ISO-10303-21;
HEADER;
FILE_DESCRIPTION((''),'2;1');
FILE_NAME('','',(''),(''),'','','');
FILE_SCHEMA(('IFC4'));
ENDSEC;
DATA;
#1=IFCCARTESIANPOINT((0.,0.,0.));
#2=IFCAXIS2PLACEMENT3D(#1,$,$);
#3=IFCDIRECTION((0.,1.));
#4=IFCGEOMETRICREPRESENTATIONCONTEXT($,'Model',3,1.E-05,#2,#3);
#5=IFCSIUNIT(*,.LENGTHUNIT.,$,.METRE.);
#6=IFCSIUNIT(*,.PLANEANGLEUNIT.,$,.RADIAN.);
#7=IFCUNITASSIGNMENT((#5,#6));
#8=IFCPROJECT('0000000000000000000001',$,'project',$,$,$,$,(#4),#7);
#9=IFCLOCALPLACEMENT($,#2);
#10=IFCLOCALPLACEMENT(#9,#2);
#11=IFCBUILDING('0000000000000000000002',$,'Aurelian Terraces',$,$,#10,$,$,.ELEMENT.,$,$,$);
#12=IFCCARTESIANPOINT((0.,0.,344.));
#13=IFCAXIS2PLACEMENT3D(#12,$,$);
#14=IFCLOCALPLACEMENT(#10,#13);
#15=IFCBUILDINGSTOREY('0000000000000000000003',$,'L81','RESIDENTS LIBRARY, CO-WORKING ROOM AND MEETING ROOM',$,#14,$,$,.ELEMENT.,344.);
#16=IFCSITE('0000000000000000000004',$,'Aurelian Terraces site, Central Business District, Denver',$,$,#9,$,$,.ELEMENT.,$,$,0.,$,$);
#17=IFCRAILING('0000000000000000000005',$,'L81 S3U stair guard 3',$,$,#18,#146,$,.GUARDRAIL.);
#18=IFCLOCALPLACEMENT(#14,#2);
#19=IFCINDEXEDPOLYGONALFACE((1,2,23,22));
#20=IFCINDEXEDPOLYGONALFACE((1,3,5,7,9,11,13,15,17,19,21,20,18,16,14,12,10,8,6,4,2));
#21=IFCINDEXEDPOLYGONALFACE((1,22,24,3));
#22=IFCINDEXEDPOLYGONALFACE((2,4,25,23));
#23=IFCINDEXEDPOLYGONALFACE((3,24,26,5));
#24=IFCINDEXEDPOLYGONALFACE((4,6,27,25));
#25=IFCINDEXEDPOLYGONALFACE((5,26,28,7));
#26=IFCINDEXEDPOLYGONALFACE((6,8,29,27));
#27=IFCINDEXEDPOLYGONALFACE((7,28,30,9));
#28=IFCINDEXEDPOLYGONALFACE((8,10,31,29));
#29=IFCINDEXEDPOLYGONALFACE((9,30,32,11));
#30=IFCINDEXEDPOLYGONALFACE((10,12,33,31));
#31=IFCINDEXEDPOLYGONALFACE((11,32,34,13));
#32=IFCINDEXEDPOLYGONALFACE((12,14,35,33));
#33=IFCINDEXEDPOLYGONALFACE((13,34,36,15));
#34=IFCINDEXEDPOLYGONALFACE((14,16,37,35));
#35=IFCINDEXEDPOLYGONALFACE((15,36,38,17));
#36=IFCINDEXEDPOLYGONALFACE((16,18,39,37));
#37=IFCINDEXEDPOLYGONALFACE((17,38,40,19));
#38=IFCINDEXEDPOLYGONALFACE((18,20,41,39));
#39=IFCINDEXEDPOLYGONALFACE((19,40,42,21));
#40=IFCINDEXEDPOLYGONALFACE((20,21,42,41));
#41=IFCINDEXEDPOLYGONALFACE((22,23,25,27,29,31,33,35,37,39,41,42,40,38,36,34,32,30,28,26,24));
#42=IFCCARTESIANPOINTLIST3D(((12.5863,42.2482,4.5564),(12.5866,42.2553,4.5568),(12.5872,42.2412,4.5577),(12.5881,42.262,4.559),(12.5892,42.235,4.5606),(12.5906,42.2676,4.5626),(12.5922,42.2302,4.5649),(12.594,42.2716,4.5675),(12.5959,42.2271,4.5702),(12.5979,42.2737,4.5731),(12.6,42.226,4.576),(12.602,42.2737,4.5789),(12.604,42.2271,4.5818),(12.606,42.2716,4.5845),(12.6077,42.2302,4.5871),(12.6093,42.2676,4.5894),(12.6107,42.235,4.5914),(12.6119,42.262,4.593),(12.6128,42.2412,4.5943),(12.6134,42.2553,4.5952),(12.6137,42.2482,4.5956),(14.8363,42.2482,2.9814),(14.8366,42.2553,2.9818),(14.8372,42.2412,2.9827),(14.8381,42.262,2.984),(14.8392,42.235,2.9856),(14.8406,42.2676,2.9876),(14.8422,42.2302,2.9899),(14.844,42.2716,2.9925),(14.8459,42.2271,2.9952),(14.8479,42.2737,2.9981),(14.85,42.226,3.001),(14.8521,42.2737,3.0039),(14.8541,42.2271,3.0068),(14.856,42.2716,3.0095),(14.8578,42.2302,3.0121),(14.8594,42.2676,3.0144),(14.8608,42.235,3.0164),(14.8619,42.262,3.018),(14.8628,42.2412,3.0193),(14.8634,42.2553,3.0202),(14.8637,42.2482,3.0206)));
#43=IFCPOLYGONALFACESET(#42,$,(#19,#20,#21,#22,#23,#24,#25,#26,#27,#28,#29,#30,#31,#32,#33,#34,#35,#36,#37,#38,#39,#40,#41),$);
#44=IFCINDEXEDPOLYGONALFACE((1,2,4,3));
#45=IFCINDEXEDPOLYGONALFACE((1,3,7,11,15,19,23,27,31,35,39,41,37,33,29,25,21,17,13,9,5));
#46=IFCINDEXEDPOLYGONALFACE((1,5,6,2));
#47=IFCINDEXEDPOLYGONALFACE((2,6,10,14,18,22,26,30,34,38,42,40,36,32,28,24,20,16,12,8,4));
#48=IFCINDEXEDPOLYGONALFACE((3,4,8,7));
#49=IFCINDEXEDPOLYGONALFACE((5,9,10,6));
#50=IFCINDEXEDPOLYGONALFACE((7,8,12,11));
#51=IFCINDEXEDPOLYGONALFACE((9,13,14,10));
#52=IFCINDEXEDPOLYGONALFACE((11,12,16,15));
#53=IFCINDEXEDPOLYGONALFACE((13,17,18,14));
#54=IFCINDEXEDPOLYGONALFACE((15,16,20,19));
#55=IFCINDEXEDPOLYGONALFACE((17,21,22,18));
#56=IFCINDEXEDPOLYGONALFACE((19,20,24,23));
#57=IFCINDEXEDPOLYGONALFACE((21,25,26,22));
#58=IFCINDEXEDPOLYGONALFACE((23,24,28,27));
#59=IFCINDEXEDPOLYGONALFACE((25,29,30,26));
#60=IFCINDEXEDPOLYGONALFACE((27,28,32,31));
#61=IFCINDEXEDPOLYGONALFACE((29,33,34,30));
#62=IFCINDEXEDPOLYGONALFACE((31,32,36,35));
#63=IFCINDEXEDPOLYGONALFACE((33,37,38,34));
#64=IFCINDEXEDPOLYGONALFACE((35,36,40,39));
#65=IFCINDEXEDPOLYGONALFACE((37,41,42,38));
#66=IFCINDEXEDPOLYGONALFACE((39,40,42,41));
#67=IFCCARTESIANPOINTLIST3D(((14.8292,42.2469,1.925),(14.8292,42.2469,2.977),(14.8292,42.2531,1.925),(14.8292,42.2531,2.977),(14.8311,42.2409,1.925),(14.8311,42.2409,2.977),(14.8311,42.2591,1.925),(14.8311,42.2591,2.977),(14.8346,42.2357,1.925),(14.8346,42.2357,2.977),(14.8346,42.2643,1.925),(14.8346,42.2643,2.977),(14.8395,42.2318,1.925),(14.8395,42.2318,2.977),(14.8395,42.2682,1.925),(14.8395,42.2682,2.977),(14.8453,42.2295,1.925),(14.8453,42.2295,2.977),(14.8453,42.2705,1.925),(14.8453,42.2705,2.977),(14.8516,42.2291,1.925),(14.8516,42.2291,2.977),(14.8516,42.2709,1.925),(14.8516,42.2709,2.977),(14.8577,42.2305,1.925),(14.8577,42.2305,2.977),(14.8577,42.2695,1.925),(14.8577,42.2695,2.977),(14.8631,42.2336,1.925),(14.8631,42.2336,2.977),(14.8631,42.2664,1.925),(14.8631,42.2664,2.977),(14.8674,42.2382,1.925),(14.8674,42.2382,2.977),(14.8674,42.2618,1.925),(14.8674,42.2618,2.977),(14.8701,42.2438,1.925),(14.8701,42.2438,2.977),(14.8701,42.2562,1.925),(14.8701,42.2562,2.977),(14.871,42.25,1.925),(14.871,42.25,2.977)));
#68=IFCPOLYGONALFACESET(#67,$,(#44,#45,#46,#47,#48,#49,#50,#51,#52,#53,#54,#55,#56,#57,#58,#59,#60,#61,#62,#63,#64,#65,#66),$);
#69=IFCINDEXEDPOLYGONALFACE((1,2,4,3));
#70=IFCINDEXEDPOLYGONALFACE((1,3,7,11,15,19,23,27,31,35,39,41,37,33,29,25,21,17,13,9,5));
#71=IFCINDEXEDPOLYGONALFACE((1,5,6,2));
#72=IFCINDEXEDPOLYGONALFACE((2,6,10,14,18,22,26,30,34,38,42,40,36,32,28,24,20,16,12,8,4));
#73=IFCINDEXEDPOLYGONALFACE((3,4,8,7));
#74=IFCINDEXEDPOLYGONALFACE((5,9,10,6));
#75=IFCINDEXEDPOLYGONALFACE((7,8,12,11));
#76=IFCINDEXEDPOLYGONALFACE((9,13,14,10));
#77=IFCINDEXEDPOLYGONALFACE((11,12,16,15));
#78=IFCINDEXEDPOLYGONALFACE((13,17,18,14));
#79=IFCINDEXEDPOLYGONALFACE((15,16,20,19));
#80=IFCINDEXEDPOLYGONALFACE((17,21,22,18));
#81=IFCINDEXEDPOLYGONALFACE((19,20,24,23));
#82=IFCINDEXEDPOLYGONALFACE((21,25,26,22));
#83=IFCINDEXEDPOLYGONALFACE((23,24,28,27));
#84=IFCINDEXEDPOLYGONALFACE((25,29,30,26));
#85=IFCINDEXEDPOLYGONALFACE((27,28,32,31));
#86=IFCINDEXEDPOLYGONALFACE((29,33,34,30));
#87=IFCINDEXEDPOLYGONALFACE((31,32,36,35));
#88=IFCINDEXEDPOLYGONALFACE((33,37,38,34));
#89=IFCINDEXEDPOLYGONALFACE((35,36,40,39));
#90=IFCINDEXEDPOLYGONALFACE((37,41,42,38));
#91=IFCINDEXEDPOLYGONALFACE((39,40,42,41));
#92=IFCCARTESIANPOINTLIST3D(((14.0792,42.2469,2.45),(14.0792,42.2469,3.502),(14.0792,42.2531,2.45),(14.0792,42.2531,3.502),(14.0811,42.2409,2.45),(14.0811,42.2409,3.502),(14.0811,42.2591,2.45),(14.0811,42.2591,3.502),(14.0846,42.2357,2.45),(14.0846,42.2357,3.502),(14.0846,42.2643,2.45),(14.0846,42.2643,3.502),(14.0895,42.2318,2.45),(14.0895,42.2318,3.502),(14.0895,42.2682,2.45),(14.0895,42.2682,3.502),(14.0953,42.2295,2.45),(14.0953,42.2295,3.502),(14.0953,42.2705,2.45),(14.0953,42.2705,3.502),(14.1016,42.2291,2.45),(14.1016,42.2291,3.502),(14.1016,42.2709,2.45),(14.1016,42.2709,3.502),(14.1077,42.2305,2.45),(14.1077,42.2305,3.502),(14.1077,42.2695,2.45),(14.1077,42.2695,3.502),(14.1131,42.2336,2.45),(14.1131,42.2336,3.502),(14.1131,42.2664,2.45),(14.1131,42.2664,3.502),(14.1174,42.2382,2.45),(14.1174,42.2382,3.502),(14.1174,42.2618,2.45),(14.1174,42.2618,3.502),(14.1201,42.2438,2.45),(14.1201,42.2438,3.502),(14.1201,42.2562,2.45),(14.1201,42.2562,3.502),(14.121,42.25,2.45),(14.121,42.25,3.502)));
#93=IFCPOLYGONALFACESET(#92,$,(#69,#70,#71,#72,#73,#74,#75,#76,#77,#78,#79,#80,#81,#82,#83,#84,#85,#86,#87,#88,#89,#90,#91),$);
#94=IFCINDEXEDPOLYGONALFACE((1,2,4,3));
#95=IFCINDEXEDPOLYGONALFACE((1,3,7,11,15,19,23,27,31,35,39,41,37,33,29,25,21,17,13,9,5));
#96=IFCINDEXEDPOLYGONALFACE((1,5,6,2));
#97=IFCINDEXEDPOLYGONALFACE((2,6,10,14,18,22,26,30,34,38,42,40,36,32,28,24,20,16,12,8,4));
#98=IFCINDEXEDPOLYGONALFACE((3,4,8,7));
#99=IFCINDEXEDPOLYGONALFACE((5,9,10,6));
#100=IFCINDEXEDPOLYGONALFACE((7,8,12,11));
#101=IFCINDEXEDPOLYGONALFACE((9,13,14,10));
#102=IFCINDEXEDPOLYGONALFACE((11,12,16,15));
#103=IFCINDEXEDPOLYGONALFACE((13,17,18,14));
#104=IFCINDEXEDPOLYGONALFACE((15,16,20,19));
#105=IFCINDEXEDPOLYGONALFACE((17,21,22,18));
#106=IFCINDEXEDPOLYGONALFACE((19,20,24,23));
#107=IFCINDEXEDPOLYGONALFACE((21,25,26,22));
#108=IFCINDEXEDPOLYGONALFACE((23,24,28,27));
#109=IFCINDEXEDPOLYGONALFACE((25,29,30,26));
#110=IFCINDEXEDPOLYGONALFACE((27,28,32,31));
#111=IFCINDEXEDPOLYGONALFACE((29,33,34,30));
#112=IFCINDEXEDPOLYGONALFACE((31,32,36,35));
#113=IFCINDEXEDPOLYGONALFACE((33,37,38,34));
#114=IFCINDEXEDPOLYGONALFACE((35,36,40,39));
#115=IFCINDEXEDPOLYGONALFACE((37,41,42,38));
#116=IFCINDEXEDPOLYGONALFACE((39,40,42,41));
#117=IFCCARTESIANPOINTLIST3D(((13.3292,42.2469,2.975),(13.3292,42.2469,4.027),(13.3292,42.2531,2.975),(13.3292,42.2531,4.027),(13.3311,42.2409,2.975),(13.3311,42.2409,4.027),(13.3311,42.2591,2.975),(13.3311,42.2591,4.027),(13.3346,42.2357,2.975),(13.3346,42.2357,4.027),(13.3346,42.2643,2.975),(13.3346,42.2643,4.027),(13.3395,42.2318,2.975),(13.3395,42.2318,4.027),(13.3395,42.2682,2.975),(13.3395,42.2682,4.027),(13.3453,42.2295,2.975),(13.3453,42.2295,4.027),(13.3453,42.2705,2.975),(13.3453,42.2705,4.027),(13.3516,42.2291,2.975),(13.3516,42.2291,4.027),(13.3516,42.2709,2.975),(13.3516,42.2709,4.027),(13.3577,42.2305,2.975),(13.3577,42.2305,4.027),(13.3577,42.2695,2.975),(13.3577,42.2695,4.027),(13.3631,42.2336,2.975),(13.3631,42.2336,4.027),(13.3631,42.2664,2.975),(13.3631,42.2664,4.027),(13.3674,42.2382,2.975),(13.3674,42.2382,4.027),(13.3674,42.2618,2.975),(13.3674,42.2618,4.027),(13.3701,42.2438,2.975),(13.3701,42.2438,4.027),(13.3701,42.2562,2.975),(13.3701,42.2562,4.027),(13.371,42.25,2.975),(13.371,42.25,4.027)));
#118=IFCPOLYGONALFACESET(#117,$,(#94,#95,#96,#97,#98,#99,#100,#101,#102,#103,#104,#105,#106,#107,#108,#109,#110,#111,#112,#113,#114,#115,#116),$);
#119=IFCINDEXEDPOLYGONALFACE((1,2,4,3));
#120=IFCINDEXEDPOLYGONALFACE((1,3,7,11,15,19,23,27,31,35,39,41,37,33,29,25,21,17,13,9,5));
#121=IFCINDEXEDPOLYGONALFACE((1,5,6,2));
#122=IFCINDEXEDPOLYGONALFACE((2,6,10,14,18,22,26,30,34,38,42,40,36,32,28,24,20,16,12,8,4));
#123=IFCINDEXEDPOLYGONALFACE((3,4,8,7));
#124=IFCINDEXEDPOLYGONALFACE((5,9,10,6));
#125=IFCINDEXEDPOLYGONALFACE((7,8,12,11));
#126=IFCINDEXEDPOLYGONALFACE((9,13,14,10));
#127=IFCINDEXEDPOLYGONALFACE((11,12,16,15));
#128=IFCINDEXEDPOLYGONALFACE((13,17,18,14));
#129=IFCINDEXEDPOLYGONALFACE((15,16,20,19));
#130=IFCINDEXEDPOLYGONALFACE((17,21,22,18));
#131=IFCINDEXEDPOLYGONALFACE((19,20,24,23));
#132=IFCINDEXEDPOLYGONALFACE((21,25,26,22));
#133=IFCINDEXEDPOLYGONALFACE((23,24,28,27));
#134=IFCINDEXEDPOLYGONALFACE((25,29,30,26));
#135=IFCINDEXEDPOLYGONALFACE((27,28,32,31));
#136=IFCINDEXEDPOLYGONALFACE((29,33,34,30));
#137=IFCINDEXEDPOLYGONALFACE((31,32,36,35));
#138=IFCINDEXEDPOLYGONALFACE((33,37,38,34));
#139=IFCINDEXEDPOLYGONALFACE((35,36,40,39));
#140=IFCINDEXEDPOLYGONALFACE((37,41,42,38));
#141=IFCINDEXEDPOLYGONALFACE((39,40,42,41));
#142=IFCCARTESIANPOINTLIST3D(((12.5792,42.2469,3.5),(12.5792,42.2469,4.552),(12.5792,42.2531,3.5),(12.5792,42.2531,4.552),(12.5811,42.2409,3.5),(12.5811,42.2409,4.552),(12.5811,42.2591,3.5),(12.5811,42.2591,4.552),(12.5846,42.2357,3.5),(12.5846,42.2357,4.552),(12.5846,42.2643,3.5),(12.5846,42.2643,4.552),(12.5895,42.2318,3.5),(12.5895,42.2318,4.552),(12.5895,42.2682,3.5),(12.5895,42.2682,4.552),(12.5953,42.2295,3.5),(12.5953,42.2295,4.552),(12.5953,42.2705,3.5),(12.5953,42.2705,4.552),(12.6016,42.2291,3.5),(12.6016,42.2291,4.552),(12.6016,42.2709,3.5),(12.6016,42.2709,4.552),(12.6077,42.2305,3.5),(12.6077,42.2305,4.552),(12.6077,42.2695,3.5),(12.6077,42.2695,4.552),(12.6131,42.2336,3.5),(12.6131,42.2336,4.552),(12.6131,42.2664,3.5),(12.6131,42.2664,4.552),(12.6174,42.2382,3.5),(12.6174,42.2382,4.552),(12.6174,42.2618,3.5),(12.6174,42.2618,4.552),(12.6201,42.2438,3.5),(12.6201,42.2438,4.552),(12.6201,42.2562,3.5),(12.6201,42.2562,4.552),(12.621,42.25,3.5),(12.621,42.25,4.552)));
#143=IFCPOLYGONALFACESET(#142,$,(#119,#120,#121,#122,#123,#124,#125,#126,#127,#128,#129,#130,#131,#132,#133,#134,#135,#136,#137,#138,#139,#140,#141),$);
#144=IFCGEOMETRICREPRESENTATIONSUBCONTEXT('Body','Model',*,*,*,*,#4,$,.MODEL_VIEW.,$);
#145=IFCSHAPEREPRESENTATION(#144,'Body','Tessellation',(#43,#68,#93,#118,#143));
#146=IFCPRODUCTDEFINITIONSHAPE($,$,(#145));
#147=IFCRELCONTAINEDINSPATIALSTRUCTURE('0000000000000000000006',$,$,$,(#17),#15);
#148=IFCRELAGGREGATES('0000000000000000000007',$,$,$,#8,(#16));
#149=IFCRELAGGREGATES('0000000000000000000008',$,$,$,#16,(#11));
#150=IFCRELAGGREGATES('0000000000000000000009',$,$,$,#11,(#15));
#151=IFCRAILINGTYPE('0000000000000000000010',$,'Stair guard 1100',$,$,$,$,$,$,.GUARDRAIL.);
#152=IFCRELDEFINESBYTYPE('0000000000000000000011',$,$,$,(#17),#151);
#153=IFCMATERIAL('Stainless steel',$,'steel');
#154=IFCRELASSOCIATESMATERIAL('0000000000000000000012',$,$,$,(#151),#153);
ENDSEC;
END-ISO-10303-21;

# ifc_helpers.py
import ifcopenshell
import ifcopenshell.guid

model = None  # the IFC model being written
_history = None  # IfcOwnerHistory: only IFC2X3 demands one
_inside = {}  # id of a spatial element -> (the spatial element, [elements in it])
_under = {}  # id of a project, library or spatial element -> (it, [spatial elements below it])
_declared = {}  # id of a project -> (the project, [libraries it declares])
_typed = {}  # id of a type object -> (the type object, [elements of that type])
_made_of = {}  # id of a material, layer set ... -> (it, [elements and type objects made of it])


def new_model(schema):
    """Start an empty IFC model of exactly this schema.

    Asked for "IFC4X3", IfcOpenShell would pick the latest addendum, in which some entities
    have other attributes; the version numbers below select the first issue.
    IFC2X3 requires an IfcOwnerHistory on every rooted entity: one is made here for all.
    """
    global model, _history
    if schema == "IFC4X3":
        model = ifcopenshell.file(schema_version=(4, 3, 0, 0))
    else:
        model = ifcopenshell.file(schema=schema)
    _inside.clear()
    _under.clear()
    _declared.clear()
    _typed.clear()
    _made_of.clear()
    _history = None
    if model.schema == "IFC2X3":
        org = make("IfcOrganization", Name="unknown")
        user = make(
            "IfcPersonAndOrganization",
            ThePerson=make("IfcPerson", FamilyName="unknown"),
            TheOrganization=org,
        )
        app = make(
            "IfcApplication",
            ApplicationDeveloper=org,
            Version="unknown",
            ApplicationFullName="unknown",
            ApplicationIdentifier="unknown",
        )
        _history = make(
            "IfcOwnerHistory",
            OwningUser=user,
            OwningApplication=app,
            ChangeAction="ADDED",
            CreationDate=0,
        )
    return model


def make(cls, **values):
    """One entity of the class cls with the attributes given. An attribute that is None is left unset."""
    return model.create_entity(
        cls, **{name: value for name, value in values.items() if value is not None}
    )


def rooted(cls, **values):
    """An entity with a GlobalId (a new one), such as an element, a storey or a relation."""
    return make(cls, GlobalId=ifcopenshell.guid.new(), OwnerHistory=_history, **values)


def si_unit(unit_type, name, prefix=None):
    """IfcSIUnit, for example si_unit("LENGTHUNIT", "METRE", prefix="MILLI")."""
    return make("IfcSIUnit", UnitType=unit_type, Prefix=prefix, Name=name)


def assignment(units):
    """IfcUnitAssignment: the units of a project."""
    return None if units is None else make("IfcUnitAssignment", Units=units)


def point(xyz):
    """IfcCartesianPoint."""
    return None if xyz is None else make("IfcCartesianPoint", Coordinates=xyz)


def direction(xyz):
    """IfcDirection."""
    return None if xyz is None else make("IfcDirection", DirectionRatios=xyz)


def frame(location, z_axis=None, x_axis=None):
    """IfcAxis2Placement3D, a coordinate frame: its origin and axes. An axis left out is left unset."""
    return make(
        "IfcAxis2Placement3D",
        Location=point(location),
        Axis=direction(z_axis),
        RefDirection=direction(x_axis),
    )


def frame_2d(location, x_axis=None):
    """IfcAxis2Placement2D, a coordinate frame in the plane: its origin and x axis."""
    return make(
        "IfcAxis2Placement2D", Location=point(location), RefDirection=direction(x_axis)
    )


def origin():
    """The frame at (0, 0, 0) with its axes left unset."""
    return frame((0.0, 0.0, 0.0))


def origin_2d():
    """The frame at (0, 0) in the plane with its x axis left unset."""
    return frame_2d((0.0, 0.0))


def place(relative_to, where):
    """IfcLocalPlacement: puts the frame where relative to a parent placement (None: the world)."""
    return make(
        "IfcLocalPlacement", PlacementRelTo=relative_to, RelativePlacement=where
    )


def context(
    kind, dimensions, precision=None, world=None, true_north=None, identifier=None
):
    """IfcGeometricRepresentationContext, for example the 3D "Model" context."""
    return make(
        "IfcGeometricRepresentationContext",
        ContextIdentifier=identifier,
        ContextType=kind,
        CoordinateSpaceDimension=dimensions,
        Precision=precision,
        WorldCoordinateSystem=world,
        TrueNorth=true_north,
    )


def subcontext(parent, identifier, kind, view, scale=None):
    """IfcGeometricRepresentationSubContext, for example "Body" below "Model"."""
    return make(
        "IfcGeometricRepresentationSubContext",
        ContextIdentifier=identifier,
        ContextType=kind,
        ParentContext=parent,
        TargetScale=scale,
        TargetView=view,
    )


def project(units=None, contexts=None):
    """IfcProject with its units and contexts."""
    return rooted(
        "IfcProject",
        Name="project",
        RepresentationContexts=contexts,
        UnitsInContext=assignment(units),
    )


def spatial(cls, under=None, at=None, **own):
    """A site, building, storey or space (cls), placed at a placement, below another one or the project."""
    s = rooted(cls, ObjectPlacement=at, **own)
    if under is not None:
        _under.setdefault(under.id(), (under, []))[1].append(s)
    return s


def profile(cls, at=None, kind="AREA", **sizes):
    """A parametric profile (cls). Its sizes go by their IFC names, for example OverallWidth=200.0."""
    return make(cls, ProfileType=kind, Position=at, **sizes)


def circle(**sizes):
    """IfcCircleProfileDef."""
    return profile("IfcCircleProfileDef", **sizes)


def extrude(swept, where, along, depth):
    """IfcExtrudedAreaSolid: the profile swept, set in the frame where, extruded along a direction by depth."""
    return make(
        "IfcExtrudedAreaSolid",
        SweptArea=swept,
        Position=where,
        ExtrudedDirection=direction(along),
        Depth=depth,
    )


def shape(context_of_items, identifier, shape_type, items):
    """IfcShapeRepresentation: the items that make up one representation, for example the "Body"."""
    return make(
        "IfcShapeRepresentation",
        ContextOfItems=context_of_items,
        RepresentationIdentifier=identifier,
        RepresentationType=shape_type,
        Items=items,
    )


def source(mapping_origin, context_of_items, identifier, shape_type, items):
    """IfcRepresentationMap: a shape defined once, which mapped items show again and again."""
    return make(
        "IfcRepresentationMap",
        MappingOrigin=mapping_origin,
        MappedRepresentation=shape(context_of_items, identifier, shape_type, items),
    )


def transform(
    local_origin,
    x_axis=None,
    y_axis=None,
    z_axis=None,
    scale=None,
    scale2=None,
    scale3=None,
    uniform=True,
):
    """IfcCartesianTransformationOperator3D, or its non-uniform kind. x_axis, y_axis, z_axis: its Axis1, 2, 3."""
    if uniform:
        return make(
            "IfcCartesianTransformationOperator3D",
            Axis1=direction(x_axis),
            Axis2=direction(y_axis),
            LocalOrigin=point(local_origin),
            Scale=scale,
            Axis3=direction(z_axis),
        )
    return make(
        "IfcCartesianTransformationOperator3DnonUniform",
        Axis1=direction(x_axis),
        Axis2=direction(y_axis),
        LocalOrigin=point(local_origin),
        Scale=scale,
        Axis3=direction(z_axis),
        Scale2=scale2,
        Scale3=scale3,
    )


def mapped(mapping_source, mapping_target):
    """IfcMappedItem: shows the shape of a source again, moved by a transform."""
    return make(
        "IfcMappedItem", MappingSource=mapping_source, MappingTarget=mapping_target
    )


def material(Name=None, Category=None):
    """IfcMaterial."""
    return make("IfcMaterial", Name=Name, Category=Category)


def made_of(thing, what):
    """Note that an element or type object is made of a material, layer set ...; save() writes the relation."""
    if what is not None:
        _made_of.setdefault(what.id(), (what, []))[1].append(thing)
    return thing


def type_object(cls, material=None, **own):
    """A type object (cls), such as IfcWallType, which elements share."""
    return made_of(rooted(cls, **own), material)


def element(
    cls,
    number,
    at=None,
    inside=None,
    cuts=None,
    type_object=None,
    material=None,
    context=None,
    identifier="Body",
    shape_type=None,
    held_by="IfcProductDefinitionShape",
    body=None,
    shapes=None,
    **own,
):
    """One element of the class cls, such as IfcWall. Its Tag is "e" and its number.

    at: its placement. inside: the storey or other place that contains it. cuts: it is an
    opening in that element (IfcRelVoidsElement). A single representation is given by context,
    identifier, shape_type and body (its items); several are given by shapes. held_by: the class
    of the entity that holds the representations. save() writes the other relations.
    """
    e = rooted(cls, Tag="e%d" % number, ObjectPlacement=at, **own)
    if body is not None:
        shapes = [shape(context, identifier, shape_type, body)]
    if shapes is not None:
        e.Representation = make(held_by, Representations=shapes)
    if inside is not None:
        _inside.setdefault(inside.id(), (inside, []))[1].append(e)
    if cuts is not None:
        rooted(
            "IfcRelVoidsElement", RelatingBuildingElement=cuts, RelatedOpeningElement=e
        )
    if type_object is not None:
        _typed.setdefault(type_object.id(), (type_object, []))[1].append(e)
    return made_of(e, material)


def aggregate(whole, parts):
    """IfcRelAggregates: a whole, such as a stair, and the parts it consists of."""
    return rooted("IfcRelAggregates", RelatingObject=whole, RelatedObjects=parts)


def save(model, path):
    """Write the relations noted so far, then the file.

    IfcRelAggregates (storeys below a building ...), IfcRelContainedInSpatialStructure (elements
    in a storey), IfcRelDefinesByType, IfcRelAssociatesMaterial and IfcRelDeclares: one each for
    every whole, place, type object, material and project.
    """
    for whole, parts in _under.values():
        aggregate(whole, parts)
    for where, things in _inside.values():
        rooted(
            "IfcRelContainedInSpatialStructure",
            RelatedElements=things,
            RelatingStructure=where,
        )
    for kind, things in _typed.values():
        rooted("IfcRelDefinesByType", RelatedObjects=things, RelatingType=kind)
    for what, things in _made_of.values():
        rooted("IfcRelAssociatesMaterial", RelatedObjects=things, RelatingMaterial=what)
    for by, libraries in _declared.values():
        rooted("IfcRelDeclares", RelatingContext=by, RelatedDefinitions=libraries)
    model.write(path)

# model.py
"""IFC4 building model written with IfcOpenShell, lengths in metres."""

from ifc_helpers import new_model, si_unit, direction, frame, origin, origin_2d, place, context, subcontext, project, spatial, circle, extrude, source, transform, mapped, material, type_object, element, save


model = new_model("IFC4")

# Units and contexts
model_context = context("Model", 3, precision=1e-05, world=origin(), true_north=direction((0.0, 1.0)))
body_context = subcontext(model_context, "Body", "Model", "MODEL_VIEW")
ifc_project = project(units=[si_unit("LENGTHUNIT", "METRE"), si_unit("PLANEANGLEUNIT", "RADIAN")], contexts=[model_context])

# Site, building, storey
site_placement = place(None, origin())
site = spatial("IfcSite", under=ifc_project, at=site_placement, Name="Aurelian Terraces site, Central Business District, Denver", CompositionType="ELEMENT", RefElevation=0.0)
building_placement = place(site_placement, origin())
building = spatial("IfcBuilding", under=site, at=building_placement, Name="Aurelian Terraces", CompositionType="ELEMENT")
storey_placement = place(building_placement, frame((0.0, 0.0, 344.0)))
storey = spatial("IfcBuildingStorey", under=building, at=storey_placement, Name="L81", Description="RESIDENTS LIBRARY, CO-WORKING ROOM AND MEETING ROOM", CompositionType="ELEMENT", Elevation=344.0)

# Railing
ifc_material_1 = material(Name="Stainless steel", Category="steel")
railing_type_1 = type_object("IfcRailingType", Name="Stair guard 1100", PredefinedType="GUARDRAIL", material=ifc_material_1)
shared_shape_1 = source(origin(), body_context, "Body", "SweptSolid", [
    extrude(circle(Radius=0.024, at=origin_2d()), frame((0.0, 0.0, 1.076), z_axis=(-0.819232, 0.0, 0.573462), x_axis=(0.0, -1.0, 0.0)), (0.0, 0.0, 1.0), 2.7465),
    extrude(circle(Radius=0.021, at=origin_2d()), origin(), (0.0, 0.0, 1.0), 1.052),
    extrude(circle(Radius=0.021, at=origin_2d()), frame((-0.75, 0.0, 0.525)), (0.0, 0.0, 1.0), 1.052),
    extrude(circle(Radius=0.021, at=origin_2d()), frame((-1.5, 0.0, 1.05)), (0.0, 0.0, 1.0), 1.052),
    extrude(circle(Radius=0.021, at=origin_2d()), frame((-2.25, 0.0, 1.575)), (0.0, 0.0, 1.0), 1.052),
])
railing_1_placement = place(storey_placement, frame((14.85, 42.25, 1.925)))
element("IfcRailing", 1, at=railing_1_placement, inside=storey, type_object=railing_type_1, Name="L81 S3U stair guard 3", PredefinedType="GUARDRAIL", context=body_context, shape_type="MappedRepresentation", body=[
    mapped(shared_shape_1, transform((0.0, 0.0, 0.0), scale=1.0)),
])

save(model, "model.ifc")
